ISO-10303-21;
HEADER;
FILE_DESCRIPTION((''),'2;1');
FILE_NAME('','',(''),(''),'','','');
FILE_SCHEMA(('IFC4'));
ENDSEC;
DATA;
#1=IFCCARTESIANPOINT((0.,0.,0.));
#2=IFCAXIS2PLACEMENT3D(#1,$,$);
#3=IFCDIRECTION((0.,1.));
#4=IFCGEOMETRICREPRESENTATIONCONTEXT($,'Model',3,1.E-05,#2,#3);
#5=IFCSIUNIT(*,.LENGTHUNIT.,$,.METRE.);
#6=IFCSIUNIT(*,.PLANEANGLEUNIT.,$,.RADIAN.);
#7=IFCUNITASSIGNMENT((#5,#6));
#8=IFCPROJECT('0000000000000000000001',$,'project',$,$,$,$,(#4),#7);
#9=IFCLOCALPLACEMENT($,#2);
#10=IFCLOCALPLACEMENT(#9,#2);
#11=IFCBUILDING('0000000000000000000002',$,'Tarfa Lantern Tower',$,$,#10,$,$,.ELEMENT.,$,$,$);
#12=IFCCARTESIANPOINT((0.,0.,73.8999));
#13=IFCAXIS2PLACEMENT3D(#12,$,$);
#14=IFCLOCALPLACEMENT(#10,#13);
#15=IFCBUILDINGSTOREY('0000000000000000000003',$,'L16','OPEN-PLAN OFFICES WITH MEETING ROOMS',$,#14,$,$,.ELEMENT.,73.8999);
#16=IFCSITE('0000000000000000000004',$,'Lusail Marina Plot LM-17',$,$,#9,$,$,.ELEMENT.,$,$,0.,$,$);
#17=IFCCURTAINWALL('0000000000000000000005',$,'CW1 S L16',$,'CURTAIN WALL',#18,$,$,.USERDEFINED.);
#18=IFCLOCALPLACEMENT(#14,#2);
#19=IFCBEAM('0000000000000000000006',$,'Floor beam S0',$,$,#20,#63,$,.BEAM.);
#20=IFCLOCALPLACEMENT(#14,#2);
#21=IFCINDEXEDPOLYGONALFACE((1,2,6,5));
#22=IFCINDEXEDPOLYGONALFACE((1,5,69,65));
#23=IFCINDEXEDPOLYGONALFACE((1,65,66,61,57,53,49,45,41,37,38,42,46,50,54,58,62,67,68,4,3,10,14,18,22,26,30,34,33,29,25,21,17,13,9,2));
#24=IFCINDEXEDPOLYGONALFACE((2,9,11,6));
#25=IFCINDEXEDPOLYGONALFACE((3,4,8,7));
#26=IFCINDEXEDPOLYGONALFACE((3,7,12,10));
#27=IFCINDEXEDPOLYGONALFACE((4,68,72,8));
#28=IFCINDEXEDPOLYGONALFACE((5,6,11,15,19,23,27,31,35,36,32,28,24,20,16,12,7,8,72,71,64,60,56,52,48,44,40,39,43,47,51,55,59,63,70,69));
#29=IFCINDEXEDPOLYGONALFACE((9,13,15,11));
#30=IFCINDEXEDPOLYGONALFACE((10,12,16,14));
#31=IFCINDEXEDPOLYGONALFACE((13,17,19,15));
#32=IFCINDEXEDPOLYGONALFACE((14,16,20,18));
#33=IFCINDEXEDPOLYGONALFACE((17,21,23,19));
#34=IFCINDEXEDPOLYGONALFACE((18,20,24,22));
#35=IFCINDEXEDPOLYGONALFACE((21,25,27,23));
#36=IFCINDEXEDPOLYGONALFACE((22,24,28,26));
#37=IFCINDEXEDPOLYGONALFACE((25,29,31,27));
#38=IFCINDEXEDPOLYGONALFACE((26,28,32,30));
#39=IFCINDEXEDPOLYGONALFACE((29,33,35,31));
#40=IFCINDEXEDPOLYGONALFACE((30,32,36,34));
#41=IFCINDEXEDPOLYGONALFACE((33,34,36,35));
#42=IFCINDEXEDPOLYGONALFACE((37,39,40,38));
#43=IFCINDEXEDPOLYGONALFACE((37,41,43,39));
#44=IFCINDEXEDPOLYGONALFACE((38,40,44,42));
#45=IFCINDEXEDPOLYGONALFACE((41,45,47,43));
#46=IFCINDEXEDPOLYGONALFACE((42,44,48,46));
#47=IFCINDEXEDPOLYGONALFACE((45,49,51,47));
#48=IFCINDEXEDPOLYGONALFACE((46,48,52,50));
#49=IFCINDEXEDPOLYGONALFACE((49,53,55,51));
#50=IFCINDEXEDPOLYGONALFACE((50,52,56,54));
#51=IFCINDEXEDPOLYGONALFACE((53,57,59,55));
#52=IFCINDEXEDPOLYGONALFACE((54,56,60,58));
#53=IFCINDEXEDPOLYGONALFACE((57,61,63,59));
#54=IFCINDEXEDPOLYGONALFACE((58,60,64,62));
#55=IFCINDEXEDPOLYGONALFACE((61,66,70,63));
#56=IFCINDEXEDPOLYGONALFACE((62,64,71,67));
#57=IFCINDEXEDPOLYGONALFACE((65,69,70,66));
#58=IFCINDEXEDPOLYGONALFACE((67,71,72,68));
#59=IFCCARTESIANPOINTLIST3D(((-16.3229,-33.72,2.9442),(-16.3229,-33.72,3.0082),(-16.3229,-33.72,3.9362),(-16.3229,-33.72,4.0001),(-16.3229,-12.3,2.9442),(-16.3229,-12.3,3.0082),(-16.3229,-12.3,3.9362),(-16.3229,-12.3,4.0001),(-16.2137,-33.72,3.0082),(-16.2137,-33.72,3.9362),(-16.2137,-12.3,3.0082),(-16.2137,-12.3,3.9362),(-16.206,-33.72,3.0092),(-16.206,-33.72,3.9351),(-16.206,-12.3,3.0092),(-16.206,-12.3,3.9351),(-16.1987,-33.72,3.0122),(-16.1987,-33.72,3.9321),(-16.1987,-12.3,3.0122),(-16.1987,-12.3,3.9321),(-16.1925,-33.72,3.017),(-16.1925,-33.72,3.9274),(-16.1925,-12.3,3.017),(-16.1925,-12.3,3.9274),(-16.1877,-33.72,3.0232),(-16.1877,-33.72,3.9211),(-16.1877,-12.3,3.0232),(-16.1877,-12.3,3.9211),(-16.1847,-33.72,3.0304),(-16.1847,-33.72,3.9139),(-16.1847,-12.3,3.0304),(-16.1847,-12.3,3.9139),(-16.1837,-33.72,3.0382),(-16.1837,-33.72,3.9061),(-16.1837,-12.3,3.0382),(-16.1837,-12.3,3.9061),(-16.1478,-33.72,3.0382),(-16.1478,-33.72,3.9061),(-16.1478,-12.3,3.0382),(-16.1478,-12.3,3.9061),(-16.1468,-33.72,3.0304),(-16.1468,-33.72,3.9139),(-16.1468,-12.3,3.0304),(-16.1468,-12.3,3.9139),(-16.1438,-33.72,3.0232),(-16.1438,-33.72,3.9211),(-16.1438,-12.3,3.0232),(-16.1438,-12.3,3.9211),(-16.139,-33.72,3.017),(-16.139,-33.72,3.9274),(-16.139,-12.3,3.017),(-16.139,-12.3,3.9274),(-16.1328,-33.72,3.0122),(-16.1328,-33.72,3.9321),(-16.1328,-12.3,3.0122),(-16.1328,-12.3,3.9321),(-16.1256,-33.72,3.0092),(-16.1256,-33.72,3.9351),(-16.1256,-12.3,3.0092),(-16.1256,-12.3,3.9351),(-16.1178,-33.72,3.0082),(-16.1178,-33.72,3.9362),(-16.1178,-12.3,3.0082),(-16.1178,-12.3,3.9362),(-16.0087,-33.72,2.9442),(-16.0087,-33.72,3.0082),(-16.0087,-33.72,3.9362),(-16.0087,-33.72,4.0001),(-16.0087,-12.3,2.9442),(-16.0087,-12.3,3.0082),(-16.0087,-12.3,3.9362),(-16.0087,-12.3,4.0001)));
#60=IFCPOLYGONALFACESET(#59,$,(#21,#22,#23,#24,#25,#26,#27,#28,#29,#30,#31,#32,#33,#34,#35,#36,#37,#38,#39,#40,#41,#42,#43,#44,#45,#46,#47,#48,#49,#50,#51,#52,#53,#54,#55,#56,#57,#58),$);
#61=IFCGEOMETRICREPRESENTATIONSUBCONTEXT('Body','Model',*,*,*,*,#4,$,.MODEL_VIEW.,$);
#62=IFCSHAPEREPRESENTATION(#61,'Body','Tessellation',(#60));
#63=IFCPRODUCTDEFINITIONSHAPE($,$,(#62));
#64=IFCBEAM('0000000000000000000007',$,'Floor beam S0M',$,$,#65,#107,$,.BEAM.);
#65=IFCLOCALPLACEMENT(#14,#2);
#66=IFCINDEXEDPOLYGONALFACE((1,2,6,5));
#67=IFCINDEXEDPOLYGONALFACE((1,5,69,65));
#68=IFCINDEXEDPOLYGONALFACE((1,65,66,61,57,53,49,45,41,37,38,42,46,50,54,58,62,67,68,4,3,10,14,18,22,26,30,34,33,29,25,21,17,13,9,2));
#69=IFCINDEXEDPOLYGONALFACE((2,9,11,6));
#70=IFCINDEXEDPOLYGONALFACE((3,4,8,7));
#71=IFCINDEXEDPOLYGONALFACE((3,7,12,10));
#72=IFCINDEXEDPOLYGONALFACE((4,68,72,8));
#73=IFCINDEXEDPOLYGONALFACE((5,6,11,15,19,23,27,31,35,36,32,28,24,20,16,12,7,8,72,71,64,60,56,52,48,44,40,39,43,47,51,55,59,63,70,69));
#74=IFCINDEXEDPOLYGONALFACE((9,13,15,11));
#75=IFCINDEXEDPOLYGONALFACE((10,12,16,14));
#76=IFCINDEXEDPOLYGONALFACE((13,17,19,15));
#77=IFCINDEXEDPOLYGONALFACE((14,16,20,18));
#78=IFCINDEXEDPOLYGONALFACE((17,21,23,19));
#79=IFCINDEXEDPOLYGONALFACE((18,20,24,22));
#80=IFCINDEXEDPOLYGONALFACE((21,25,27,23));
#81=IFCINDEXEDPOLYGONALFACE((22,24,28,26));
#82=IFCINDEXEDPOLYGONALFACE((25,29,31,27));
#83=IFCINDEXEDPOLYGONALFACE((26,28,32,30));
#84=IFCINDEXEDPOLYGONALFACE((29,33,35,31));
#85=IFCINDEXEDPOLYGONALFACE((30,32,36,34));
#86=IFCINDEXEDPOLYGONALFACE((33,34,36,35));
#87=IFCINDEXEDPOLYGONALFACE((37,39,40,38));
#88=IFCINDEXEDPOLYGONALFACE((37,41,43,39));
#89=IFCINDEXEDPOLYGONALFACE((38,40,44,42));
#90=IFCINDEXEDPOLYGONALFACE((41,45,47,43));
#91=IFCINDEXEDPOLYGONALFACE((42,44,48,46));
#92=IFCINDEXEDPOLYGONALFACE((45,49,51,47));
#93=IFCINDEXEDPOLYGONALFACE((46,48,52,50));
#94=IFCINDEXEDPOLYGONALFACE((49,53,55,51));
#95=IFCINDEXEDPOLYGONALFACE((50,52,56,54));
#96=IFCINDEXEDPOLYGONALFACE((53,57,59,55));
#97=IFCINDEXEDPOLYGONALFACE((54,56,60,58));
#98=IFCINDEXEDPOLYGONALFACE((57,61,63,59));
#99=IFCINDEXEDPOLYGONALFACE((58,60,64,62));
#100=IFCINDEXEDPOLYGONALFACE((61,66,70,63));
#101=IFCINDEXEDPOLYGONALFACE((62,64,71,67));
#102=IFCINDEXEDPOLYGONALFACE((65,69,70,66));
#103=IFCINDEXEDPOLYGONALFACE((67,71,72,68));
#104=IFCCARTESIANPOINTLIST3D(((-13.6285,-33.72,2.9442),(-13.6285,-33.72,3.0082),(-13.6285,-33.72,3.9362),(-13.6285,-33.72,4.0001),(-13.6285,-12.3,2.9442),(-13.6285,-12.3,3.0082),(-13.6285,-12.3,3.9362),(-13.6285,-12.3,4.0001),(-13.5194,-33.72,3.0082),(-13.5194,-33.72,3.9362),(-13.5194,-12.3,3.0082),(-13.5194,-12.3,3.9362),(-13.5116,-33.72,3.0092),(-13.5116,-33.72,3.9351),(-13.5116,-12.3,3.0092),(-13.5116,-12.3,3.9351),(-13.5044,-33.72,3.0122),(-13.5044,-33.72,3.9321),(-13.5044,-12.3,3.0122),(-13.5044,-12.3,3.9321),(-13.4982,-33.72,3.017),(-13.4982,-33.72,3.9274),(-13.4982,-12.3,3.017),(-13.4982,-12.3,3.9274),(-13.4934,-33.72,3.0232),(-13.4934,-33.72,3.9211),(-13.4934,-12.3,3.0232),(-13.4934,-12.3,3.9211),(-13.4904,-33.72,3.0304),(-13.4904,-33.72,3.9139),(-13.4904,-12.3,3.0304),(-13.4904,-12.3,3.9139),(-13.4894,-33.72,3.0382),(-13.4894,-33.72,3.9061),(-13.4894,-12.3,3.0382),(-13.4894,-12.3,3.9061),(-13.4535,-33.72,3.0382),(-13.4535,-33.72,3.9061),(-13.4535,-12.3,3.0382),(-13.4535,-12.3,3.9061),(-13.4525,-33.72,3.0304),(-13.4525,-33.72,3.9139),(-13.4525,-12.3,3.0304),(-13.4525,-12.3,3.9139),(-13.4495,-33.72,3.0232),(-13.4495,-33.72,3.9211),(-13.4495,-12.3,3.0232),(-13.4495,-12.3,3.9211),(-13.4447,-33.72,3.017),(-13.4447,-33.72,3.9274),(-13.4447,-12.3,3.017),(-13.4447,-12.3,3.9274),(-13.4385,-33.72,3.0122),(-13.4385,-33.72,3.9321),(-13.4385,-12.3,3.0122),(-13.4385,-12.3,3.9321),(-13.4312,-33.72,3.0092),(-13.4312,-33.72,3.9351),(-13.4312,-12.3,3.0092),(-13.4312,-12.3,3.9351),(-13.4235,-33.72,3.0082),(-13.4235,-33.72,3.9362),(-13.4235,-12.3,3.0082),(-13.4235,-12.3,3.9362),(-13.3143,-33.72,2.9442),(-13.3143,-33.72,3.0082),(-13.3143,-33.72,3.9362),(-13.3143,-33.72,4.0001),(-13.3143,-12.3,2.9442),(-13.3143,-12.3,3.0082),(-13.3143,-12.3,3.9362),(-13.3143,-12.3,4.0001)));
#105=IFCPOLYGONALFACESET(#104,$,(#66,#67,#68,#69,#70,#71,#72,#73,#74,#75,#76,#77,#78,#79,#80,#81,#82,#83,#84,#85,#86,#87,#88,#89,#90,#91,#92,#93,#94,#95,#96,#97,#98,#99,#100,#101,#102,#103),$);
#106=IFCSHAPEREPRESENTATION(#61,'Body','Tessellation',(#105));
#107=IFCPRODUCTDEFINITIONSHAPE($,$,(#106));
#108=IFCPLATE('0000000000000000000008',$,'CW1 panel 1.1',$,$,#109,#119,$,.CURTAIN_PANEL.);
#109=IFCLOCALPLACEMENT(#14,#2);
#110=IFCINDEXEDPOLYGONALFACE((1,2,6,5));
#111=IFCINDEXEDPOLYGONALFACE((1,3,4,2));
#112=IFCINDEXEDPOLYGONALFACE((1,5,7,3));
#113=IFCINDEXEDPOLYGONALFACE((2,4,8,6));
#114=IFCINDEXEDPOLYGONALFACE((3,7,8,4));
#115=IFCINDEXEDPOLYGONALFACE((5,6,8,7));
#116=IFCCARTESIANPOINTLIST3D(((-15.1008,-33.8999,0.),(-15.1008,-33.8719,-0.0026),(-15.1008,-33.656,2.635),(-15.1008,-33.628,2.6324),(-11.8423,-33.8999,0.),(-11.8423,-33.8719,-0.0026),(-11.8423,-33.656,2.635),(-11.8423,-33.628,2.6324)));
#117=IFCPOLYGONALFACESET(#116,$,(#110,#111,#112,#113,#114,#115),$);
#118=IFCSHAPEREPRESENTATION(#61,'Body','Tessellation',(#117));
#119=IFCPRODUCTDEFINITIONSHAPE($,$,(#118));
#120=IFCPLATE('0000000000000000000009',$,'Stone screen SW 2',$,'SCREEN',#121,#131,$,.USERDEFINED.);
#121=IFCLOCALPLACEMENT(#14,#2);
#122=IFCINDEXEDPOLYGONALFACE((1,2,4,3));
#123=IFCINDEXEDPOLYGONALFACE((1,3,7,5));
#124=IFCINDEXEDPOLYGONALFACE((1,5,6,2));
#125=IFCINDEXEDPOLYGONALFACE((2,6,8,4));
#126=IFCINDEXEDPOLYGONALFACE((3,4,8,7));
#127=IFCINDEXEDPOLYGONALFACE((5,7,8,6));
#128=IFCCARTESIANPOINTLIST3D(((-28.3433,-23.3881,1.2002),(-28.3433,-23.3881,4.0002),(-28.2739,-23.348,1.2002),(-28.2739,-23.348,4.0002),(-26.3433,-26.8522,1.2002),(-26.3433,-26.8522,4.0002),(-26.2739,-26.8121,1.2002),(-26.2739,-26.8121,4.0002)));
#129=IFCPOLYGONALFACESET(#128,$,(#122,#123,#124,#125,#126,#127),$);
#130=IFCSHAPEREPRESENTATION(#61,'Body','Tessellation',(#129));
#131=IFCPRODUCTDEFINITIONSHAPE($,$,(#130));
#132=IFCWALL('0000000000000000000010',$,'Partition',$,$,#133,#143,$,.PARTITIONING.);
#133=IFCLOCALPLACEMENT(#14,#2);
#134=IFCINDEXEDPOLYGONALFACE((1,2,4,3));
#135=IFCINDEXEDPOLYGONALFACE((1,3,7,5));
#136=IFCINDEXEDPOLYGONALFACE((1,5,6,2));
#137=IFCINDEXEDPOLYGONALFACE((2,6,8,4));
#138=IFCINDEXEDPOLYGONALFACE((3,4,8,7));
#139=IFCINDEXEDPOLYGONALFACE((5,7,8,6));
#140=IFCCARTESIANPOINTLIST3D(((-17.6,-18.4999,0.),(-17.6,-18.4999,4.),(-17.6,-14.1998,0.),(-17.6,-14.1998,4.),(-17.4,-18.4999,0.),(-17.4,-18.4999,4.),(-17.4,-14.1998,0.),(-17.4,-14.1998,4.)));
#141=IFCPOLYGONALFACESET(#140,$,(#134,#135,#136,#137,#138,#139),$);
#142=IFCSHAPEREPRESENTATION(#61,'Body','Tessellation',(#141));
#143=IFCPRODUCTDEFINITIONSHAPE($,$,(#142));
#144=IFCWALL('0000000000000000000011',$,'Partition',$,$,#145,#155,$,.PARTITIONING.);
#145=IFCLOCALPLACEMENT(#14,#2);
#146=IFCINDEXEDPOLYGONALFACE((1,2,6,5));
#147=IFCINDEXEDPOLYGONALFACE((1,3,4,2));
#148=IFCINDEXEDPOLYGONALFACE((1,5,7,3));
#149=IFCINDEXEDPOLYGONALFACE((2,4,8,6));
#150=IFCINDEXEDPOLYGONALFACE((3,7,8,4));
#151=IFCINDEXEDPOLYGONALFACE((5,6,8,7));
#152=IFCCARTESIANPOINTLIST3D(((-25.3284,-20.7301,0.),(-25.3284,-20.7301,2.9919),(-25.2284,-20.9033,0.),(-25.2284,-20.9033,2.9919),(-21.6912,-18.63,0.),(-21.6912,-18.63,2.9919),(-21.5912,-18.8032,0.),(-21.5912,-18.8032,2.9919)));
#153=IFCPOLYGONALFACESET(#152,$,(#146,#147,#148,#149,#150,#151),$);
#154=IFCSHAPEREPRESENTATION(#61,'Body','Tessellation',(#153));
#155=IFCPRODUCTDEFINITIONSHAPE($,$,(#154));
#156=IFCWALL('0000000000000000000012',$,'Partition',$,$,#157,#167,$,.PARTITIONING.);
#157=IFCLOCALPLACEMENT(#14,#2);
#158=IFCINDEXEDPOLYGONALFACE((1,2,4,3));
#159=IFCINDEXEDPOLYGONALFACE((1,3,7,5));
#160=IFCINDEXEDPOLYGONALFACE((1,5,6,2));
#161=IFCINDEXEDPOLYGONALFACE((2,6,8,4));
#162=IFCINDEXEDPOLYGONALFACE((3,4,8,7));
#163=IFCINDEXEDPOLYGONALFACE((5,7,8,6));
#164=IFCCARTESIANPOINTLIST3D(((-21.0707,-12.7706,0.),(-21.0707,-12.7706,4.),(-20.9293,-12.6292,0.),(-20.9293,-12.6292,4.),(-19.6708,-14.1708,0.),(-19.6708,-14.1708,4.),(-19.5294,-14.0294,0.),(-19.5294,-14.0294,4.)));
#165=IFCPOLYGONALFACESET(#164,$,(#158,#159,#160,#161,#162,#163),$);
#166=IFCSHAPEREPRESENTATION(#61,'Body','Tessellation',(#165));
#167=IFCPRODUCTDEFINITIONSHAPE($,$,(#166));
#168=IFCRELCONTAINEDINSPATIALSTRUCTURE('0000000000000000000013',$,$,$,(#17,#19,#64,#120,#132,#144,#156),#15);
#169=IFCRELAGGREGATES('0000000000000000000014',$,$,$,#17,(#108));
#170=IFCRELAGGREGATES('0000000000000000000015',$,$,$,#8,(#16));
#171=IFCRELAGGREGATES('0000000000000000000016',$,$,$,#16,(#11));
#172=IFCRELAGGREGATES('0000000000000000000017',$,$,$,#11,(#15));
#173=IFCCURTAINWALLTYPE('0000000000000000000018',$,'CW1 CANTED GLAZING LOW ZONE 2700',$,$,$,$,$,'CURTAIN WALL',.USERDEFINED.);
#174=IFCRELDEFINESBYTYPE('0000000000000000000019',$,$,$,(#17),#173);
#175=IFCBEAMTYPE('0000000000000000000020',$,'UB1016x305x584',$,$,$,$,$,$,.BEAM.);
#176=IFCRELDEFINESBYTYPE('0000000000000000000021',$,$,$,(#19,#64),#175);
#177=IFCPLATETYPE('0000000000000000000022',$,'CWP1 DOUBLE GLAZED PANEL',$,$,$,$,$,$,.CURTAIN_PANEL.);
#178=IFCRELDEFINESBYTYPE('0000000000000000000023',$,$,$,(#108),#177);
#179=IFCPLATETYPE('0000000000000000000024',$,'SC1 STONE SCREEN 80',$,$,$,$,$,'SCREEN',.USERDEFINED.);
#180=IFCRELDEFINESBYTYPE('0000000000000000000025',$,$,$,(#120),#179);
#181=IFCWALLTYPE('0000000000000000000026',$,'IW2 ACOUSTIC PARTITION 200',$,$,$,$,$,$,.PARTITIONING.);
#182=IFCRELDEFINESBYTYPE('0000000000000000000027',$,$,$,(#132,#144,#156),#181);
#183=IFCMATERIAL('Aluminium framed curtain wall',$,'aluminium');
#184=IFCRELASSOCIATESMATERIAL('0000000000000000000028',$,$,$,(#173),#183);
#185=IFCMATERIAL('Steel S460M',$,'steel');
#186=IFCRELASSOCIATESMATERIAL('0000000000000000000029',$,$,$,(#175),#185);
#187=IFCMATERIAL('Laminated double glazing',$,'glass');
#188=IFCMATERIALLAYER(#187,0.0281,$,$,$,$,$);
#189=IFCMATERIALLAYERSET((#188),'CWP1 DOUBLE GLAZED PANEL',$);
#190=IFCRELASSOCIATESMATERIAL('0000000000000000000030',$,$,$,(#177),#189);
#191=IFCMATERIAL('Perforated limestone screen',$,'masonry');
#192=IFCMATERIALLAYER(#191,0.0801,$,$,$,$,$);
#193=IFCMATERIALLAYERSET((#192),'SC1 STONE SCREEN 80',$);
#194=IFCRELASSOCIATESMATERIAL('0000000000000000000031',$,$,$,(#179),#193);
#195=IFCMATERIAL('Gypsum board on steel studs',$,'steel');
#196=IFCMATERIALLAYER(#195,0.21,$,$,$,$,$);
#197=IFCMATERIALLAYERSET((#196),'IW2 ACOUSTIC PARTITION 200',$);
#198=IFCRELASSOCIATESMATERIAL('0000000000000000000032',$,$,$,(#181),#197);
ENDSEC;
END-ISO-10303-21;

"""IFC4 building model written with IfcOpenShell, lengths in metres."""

from ifc_helpers import new_model, si_unit, direction, frame, frame_2d, origin, origin_2d, place, context, subcontext, project, spatial, polyline, rectangle, i_section, outline, extrude, material, layer, layer_set, material_profile, profile_set, type_object, element, aggregate, save


model = new_model("IFC4")

# Units and contexts
model_context = context("Model", 3, precision=1e-05, world=origin(), true_north=direction((0.0, 1.0)))
body_context = subcontext(model_context, "Body", "Model", "MODEL_VIEW")
ifc_project = project(units=[si_unit("LENGTHUNIT", "METRE"), si_unit("PLANEANGLEUNIT", "RADIAN")], contexts=[model_context])

# Site, building, storey
site_placement = place(None, origin())
site = spatial("IfcSite", under=ifc_project, at=site_placement, Name="Lusail Marina Plot LM-17", CompositionType="ELEMENT", RefElevation=0.0)
building_placement = place(site_placement, origin())
building = spatial("IfcBuilding", under=site, at=building_placement, Name="Tarfa Lantern Tower", CompositionType="ELEMENT")
storey_placement = place(building_placement, frame((0.0, 0.0, 73.8999)))
storey = spatial("IfcBuildingStorey", under=building, at=storey_placement, Name="L16", Description="OPEN-PLAN OFFICES WITH MEETING ROOMS", CompositionType="ELEMENT", Elevation=73.8999)

# Curtain wall
ifc_material_1 = material(Name="Aluminium framed curtain wall", Category="aluminium")
curtain_wall_type = type_object("IfcCurtainWallType", Name="CW1 CANTED GLAZING LOW ZONE 2700", ElementType="CURTAIN WALL", PredefinedType="USERDEFINED", material=ifc_material_1)
curtain_wall_placement = place(storey_placement, origin())
curtain_wall = element("IfcCurtainWall", 1, at=curtain_wall_placement, inside=storey, type_object=curtain_wall_type, Name="CW1 S L16", ObjectType="CURTAIN WALL", PredefinedType="USERDEFINED")

# Beams
ifc_material_2 = material(Name="Steel S460M", Category="steel")
ifc_material_profile_1 = material_profile(ifc_material_2, i_section(OverallWidth=0.3142, OverallDepth=1.0559, WebThickness=0.0359, FlangeThickness=0.064, FilletRadius=0.03, at=origin_2d()), Name="UB1016x305x584")
ifc_profile_set_1 = profile_set([ifc_material_profile_1], Name="Steel S460M")
beam_type_1 = type_object("IfcBeamType", Name="UB1016x305x584", PredefinedType="BEAM", material=ifc_profile_set_1)
for number, where, z_axis, x_axis, name in (
    (2, (-16.1658, -33.72, 3.4722), (0.0, 1.0, 0.0), (-1.0, 0.0, 0.0), "Floor beam S0"),
    (3, (-13.4714, -33.72, 3.4722), (0.0, 1.0, 0.0), (-1.0, 0.0, 0.0), "Floor beam S0M"),
):
    element("IfcBeam", number, at=place(storey_placement, frame(where, z_axis=z_axis, x_axis=x_axis)), inside=storey, type_object=beam_type_1, Name=name, PredefinedType="BEAM", context=body_context, shape_type="SweptSolid", body=[
        extrude(i_section(OverallWidth=0.3142, OverallDepth=1.0559, WebThickness=0.0359, FlangeThickness=0.064, FilletRadius=0.03, at=origin_2d()), origin(), (0.0, 0.0, 1.0), 21.4199),
    ])

# Plates
ifc_material_3 = material(Name="Laminated double glazing", Category="glass")
ifc_layer_1 = layer(ifc_material_3, 0.0281)
ifc_layer_set_1 = layer_set([ifc_layer_1], Name="CWP1 DOUBLE GLAZED PANEL")
plate_type_1 = type_object("IfcPlateType", Name="CWP1 DOUBLE GLAZED PANEL", PredefinedType="CURTAIN_PANEL", material=ifc_layer_set_1)
plate_1_placement = place(storey_placement, frame((-15.1008, -33.8999, 0.0), z_axis=(0.0, -0.995744, 0.092166), x_axis=(1.0, 0.0, 0.0)))
plate_1 = element("IfcPlate", 4, at=plate_1_placement, type_object=plate_type_1, Name="CW1 panel 1.1", PredefinedType="CURTAIN_PANEL", context=body_context, shape_type="SweptSolid", body=[
    extrude(outline(polyline([(0.0, 0.0), (3.2585, 0.0), (3.2585, 2.6463), (0.0, 2.6463), (0.0, 0.0)])), origin(), (0.0, 0.0, -1.0), 0.0281),
])
aggregate(curtain_wall, [plate_1])
ifc_material_4 = material(Name="Perforated limestone screen", Category="masonry")
ifc_layer_2 = layer(ifc_material_4, 0.0801)
ifc_layer_set_2 = layer_set([ifc_layer_2], Name="SC1 STONE SCREEN 80")
plate_type_2 = type_object("IfcPlateType", Name="SC1 STONE SCREEN 80", ElementType="SCREEN", PredefinedType="USERDEFINED", material=ifc_layer_set_2)
plate_2_placement = place(storey_placement, frame((-27.3086, -25.1001, 1.2002), z_axis=(0.0, 0.0, 1.0), x_axis=(0.5, -0.866025, 0.0)))
element("IfcPlate", 5, at=plate_2_placement, inside=storey, type_object=plate_type_2, Name="Stone screen SW 2", ObjectType="SCREEN", PredefinedType="USERDEFINED", context=body_context, shape_type="SweptSolid", body=[
    extrude(rectangle(XDim=4.0, YDim=0.0801, at=origin_2d()), origin(), (0.0, 0.0, 1.0), 2.8),
])

# Walls
ifc_material_5 = material(Name="Gypsum board on steel studs", Category="steel")
ifc_layer_3 = layer(ifc_material_5, 0.21)
ifc_layer_set_3 = layer_set([ifc_layer_3], Name="IW2 ACOUSTIC PARTITION 200")
wall_type = type_object("IfcWallType", Name="IW2 ACOUSTIC PARTITION 200", PredefinedType="PARTITIONING", material=ifc_layer_set_3)
wall_1_placement = place(storey_placement, frame((-17.5, -14.2, 0.0), z_axis=(0.0, 0.0, 1.0), x_axis=(0.0, -1.0, 0.0)))
element("IfcWall", 6, at=wall_1_placement, inside=storey, type_object=wall_type, Name="Partition", PredefinedType="PARTITIONING", context=body_context, shape_type="SweptSolid", body=[
    extrude(rectangle(XDim=4.3, YDim=0.2, at=frame_2d((2.1499, 0.0))), origin(), (0.0, 0.0, 1.0), 4.0),
])
wall_2_placement = place(storey_placement, frame((-21.6411, -18.7166, 0.0), z_axis=(0.0, 0.0, 1.0), x_axis=(-0.866009, -0.500028, 0.0)))
element("IfcWall", 7, at=wall_2_placement, inside=storey, type_object=wall_type, Name="Partition", PredefinedType="PARTITIONING", context=body_context, shape_type="SweptSolid", body=[
    extrude(rectangle(XDim=4.2, YDim=0.2, at=frame_2d((2.1001, 0.0))), origin(), (0.0, 0.0, 1.0), 2.9919),
])
wall_3_placement = place(storey_placement, frame((-19.6001, -14.1001, 0.0), z_axis=(0.0, 0.0, 1.0), x_axis=(-0.707045, 0.707168, 0.0)))
element("IfcWall", 8, at=wall_3_placement, inside=storey, type_object=wall_type, Name="Partition", PredefinedType="PARTITIONING", context=body_context, shape_type="SweptSolid", body=[
    extrude(rectangle(XDim=1.98, YDim=0.2, at=frame_2d((0.99, 0.0))), origin(), (0.0, 0.0, 1.0), 4.0),
])

save(model, "model.ifc")
